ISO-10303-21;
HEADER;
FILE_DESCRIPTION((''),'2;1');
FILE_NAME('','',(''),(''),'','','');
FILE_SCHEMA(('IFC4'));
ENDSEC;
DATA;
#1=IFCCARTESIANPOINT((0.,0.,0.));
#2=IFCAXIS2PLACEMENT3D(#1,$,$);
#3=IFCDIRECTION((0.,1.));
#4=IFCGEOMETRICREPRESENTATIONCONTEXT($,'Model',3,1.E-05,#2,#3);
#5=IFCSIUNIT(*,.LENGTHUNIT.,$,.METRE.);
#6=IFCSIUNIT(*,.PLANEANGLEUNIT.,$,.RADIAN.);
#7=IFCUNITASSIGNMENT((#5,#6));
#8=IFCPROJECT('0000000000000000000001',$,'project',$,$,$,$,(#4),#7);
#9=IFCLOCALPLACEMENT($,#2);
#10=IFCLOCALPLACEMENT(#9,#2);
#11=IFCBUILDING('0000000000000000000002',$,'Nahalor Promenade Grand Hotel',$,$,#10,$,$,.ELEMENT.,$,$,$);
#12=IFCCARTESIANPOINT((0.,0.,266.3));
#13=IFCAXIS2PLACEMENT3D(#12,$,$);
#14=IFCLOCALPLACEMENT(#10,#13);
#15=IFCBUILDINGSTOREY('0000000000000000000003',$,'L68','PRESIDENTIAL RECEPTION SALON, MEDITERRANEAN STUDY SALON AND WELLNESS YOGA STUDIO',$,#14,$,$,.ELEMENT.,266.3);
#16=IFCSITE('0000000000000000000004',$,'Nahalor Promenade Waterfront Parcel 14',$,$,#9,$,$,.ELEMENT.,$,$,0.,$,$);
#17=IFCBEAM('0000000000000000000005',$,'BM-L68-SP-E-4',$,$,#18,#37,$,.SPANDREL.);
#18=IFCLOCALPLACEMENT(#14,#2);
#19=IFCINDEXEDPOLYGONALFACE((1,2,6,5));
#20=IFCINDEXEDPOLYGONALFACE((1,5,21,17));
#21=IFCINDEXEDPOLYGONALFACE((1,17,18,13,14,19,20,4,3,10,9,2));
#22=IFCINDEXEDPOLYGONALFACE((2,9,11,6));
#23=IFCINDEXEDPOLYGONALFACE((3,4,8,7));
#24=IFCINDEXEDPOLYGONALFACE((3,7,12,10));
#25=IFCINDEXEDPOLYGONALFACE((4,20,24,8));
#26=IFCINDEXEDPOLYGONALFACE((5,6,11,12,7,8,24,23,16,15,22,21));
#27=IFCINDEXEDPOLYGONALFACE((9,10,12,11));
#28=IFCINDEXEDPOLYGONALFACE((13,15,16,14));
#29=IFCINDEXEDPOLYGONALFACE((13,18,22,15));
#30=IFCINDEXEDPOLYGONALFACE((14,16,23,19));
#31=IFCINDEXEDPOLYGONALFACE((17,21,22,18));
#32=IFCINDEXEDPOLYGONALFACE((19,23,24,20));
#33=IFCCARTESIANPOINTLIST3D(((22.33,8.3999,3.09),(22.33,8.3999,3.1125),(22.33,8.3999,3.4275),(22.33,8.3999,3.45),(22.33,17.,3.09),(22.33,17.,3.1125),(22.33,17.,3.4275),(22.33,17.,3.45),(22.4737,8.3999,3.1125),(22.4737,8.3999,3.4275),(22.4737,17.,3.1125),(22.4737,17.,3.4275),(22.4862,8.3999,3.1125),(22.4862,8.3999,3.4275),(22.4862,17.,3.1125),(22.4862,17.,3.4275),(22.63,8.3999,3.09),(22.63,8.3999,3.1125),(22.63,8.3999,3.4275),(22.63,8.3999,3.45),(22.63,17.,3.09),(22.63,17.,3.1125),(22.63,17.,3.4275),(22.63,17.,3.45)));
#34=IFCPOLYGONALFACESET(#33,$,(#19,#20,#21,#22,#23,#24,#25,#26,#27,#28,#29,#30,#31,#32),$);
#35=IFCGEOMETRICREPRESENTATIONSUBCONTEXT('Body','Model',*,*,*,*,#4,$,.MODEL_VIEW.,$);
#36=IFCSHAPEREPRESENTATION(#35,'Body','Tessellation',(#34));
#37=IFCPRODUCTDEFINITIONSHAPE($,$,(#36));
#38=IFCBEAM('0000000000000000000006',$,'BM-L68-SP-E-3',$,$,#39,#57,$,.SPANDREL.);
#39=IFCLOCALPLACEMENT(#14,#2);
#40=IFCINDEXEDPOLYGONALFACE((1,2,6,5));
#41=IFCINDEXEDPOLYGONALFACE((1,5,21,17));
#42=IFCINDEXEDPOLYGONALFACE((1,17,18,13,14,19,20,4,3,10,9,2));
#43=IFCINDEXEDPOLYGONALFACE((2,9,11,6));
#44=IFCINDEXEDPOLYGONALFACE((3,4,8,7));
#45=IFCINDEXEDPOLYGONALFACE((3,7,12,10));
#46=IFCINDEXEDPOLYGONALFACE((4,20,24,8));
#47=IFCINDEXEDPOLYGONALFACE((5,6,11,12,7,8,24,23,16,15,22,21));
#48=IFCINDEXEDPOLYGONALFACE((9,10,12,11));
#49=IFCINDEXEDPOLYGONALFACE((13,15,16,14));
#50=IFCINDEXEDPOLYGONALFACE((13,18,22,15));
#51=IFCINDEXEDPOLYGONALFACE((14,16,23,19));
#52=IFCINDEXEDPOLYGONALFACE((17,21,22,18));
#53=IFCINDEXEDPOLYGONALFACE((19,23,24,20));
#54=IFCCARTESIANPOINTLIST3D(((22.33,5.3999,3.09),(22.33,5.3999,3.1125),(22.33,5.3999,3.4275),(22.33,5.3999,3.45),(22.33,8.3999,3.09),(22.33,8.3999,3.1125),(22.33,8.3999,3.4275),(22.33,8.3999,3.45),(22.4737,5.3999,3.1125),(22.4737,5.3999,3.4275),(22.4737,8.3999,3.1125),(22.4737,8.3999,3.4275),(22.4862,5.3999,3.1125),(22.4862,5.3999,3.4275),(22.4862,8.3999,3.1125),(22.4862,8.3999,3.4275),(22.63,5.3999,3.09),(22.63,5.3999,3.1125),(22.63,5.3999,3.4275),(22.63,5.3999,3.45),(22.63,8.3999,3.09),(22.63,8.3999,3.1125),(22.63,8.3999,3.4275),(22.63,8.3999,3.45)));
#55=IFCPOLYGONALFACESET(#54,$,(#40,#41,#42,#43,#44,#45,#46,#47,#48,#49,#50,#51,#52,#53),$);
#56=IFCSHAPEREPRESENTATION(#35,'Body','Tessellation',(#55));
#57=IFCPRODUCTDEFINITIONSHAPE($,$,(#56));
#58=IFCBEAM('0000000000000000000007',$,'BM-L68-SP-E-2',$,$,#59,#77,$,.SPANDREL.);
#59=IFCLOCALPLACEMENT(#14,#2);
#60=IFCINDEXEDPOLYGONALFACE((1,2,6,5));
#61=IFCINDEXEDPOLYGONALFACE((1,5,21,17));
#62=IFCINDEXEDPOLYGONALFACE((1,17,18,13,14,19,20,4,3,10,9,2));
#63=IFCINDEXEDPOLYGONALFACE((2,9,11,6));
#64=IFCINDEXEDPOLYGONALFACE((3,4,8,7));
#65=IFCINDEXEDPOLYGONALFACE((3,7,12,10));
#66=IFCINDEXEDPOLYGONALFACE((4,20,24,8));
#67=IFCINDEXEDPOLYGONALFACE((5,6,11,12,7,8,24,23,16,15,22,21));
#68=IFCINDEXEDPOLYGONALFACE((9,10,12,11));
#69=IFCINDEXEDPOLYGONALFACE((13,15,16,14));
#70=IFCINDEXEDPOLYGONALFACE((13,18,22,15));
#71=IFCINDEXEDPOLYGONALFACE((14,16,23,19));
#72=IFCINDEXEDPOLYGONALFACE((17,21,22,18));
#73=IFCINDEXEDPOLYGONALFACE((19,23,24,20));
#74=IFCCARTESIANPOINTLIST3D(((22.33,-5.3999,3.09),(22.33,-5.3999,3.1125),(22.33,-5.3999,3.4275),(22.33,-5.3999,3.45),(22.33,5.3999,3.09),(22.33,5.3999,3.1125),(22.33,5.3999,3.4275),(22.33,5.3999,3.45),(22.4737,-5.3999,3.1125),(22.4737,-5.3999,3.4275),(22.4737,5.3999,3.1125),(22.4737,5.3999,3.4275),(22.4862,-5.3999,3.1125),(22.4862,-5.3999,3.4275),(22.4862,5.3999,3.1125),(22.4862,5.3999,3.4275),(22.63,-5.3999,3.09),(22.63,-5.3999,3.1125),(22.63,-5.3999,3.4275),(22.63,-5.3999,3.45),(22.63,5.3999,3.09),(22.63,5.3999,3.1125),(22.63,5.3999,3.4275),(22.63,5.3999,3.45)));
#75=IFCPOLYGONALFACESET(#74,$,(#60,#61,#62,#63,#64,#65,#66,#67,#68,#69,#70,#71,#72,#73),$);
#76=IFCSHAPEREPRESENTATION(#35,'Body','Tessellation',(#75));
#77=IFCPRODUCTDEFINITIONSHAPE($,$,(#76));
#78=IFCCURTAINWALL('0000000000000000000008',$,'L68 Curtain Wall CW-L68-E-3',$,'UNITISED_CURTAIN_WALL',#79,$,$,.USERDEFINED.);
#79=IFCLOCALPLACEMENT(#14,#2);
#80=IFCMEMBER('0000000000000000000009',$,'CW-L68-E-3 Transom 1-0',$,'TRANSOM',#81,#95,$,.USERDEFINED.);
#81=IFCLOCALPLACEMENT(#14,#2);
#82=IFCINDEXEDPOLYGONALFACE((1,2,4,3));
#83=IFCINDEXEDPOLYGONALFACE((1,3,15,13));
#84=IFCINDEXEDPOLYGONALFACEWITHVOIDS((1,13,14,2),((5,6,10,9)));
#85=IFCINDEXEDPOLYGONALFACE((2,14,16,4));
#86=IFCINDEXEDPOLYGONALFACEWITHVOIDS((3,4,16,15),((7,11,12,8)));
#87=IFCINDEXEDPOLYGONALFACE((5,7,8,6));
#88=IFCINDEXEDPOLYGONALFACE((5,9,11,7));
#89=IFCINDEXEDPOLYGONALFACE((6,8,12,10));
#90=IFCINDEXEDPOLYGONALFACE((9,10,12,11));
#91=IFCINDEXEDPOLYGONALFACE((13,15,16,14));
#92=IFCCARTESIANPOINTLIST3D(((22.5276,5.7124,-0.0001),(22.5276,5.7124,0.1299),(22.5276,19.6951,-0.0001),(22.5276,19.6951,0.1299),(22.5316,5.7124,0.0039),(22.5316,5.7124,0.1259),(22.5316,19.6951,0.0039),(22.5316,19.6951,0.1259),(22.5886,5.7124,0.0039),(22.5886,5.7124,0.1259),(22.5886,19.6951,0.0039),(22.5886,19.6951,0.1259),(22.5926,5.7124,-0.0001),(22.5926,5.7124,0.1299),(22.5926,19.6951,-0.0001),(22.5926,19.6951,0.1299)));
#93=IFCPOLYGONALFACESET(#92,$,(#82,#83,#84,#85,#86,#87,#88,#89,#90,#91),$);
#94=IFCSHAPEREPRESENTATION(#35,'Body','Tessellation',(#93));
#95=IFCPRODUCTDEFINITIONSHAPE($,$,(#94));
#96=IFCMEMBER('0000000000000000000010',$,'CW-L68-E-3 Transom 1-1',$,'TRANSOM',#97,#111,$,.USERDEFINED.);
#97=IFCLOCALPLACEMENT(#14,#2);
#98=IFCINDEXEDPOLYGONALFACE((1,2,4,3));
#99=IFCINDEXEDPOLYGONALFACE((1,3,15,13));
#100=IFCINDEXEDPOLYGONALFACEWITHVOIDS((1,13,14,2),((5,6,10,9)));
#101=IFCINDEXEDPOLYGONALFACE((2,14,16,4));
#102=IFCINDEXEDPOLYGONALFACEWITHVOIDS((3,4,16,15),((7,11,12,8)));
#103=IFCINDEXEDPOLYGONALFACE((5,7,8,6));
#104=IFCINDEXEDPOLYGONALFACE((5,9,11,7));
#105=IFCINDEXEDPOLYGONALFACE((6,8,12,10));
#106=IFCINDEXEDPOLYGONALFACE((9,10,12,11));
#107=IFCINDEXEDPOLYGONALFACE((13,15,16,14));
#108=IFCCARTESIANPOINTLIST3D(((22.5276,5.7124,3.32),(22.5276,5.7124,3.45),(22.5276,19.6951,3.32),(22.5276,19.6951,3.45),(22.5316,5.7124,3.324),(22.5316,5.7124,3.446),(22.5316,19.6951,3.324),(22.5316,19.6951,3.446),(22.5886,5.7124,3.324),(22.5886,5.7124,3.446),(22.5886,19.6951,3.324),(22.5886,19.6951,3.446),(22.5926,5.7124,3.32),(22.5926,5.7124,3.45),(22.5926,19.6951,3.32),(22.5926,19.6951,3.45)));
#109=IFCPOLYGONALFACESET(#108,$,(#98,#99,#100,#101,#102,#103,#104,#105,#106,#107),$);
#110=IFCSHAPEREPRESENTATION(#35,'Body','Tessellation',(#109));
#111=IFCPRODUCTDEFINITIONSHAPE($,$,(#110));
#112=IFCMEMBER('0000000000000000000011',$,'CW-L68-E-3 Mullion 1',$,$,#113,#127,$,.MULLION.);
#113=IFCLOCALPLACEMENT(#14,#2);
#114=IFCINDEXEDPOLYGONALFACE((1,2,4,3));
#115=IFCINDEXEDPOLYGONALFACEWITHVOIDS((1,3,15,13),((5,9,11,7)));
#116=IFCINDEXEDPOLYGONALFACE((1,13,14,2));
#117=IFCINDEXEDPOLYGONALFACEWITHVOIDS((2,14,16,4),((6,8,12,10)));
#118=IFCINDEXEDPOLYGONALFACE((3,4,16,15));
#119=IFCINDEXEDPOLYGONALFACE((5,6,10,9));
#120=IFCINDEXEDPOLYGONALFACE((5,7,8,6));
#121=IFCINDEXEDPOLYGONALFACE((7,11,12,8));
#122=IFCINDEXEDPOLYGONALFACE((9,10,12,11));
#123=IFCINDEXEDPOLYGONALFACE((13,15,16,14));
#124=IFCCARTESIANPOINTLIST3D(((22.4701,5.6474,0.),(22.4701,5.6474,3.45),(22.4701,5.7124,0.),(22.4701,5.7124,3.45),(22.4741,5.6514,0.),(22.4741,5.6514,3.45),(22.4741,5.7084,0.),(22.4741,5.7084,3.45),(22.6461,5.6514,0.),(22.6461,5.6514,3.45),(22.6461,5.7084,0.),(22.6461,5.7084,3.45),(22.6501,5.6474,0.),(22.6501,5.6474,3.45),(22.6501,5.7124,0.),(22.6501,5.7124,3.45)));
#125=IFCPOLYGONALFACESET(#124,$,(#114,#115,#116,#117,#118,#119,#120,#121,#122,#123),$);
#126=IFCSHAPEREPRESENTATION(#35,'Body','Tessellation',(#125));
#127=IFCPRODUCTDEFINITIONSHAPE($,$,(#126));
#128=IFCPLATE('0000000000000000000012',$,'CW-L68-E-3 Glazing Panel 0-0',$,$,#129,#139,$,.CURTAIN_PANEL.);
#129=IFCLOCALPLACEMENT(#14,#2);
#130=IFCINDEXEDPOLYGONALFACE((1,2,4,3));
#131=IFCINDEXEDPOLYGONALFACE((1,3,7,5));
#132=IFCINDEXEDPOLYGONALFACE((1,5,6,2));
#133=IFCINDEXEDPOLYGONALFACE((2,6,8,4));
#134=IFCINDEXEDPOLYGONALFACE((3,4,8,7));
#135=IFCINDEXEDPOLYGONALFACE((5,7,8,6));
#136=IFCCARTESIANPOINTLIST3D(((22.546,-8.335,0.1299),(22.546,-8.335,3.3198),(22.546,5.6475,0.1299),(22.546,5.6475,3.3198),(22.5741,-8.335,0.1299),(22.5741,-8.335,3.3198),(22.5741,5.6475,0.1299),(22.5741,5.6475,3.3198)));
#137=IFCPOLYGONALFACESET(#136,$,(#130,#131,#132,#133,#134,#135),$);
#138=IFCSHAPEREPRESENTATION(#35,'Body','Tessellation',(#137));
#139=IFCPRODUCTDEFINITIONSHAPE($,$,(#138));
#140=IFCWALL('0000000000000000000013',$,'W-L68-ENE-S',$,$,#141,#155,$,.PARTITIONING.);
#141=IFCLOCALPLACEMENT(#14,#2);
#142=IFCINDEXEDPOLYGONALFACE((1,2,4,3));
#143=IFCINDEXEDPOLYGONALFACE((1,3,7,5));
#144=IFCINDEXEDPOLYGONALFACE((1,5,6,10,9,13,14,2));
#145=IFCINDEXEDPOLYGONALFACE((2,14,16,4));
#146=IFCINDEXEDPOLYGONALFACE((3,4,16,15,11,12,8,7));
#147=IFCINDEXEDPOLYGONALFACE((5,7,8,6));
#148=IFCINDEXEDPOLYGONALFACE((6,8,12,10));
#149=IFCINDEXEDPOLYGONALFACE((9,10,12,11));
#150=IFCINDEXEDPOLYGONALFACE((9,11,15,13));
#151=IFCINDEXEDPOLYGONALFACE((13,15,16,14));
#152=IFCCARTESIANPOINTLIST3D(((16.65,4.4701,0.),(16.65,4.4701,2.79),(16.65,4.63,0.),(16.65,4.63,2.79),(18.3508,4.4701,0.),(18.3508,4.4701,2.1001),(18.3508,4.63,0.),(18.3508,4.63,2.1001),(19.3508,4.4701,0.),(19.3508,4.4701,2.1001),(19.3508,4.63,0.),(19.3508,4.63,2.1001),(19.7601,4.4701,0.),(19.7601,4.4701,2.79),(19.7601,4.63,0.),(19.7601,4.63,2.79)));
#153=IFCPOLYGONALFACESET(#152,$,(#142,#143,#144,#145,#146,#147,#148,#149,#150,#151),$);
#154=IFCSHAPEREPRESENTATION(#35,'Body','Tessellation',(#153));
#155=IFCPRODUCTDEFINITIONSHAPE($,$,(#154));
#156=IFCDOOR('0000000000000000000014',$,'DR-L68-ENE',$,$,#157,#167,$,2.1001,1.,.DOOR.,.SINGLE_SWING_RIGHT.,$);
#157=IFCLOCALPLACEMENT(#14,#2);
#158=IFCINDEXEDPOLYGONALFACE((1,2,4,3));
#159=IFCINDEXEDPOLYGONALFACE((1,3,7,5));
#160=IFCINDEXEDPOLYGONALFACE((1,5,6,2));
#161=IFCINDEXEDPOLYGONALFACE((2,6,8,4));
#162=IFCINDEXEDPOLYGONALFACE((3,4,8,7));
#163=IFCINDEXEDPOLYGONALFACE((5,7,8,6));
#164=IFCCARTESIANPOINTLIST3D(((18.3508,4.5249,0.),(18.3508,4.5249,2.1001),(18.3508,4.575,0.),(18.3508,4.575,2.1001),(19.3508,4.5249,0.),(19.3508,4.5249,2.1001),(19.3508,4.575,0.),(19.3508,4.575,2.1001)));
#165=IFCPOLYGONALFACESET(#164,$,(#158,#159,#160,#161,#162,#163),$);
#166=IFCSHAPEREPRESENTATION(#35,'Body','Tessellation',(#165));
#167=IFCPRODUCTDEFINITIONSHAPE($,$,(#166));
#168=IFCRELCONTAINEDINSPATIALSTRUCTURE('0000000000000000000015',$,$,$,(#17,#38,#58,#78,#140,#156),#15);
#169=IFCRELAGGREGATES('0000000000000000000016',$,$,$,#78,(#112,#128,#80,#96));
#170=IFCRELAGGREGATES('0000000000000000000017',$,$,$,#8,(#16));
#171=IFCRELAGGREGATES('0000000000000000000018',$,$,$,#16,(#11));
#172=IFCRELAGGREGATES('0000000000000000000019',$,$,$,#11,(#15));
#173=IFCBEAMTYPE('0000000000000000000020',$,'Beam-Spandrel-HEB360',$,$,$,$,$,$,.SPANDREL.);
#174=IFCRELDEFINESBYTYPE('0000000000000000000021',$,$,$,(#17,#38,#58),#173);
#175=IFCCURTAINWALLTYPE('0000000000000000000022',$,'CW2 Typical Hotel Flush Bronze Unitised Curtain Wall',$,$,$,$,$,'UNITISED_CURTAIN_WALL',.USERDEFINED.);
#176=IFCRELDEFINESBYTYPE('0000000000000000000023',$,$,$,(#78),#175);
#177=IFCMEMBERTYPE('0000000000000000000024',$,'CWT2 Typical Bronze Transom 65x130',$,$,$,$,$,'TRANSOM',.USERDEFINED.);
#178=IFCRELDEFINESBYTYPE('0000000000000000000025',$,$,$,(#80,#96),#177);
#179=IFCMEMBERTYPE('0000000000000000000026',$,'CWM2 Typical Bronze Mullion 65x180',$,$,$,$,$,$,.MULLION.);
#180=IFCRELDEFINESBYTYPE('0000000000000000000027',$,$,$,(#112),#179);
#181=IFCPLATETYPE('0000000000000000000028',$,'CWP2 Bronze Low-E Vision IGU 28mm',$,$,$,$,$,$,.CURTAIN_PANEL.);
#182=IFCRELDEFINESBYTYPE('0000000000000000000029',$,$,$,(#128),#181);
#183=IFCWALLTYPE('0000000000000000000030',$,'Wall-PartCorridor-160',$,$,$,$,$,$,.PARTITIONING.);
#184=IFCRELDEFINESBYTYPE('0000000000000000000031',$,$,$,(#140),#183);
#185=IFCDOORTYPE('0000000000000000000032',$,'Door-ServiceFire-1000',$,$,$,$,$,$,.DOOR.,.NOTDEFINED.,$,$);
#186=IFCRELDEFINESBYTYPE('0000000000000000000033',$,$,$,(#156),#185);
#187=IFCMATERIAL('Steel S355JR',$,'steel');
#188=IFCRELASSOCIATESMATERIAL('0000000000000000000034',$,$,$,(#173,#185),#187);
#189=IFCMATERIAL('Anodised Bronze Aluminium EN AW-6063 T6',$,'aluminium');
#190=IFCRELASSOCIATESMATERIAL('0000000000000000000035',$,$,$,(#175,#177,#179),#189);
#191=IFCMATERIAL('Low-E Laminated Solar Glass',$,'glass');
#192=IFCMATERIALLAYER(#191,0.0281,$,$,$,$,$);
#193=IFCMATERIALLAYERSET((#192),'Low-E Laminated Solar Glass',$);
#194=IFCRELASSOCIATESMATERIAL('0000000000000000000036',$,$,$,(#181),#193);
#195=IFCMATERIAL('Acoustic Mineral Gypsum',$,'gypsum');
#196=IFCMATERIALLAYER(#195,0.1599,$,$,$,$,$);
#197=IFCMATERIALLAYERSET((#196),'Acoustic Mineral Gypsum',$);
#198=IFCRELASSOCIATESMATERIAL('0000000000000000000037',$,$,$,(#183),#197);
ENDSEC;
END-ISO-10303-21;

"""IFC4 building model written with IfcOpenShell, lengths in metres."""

from ifc_helpers import new_model, si_unit, direction, frame, frame_2d, origin, origin_2d, place, context, subcontext, project, spatial, rectangle, hollow_rectangle, i_section, extrude, source, transform, mapped, material, layer, layer_set, material_profile, profile_set, type_object, element, fill, aggregate, save


model = new_model("IFC4")

# Units and contexts
model_context = context("Model", 3, precision=1e-05, world=origin(), true_north=direction((0.0, 1.0)))
body_context = subcontext(model_context, "Body", "Model", "MODEL_VIEW")
ifc_project = project(units=[si_unit("LENGTHUNIT", "METRE"), si_unit("PLANEANGLEUNIT", "RADIAN")], contexts=[model_context])

# Site, building, storey
site_placement = place(None, origin())
site = spatial("IfcSite", under=ifc_project, at=site_placement, Name="Nahalor Promenade Waterfront Parcel 14", CompositionType="ELEMENT", RefElevation=0.0)
building_placement = place(site_placement, origin())
building = spatial("IfcBuilding", under=site, at=building_placement, Name="Nahalor Promenade Grand Hotel", CompositionType="ELEMENT")
storey_placement = place(building_placement, frame((0.0, 0.0, 266.3)))
storey = spatial("IfcBuildingStorey", under=building, at=storey_placement, Name="L68", Description="PRESIDENTIAL RECEPTION SALON, MEDITERRANEAN STUDY SALON AND WELLNESS YOGA STUDIO", CompositionType="ELEMENT", Elevation=266.3)

# Shared definitions
ifc_material_1 = material(Name="Steel S355JR", Category="steel")

# Beams
ifc_material_profile_1 = material_profile(ifc_material_1, i_section(OverallWidth=0.3, OverallDepth=0.36, WebThickness=0.0125, FlangeThickness=0.0225, at=origin_2d()), Name="HEB 360")
ifc_profile_set_1 = profile_set([ifc_material_profile_1], Name="Steel S355JR")
beam_type_1 = type_object("IfcBeamType", Name="Beam-Spandrel-HEB360", PredefinedType="SPANDREL", material=ifc_profile_set_1)
shared_shape_1 = source(origin(), body_context, "Body", "SweptSolid", [
    extrude(i_section(OverallWidth=0.3, OverallDepth=0.36, WebThickness=0.0125, FlangeThickness=0.0225, at=origin_2d()), origin(), (0.0, 0.0, 1.0), 8.6001),
])
beam_1_placement = place(storey_placement, frame((22.48, 8.3999, 3.27), z_axis=(0.0, 1.0, 0.0), x_axis=(-1.0, 0.0, 0.0)))
element("IfcBeam", 1, at=beam_1_placement, inside=storey, type_object=beam_type_1, Name="BM-L68-SP-E-4", PredefinedType="SPANDREL", context=body_context, shape_type="MappedRepresentation", body=[
    mapped(shared_shape_1, transform((0.0, 0.0, 0.0), scale=1.0)),
])
shared_shape_2 = source(origin(), body_context, "Body", "SweptSolid", [
    extrude(i_section(OverallWidth=0.3, OverallDepth=0.36, WebThickness=0.0125, FlangeThickness=0.0225, at=origin_2d()), origin(), (0.0, 0.0, 1.0), 3.0),
])
beam_2_placement = place(storey_placement, frame((22.48, 5.3999, 3.27), z_axis=(0.0, 1.0, 0.0), x_axis=(-1.0, 0.0, 0.0)))
element("IfcBeam", 2, at=beam_2_placement, inside=storey, type_object=beam_type_1, Name="BM-L68-SP-E-3", PredefinedType="SPANDREL", context=body_context, shape_type="MappedRepresentation", body=[
    mapped(shared_shape_2, transform((0.0, 0.0, 0.0), scale=1.0)),
])
shared_shape_3 = source(origin(), body_context, "Body", "SweptSolid", [
    extrude(i_section(OverallWidth=0.3, OverallDepth=0.36, WebThickness=0.0125, FlangeThickness=0.0225, at=origin_2d()), origin(), (0.0, 0.0, 1.0), 10.7998),
])
beam_3_placement = place(storey_placement, frame((22.48, -5.3999, 3.27), z_axis=(0.0, 1.0, 0.0), x_axis=(-1.0, 0.0, 0.0)))
element("IfcBeam", 3, at=beam_3_placement, inside=storey, type_object=beam_type_1, Name="BM-L68-SP-E-2", PredefinedType="SPANDREL", context=body_context, shape_type="MappedRepresentation", body=[
    mapped(shared_shape_3, transform((0.0, 0.0, 0.0), scale=1.0)),
])

# Curtain wall, members, plate
ifc_material_2 = material(Name="Anodised Bronze Aluminium EN AW-6063 T6", Category="aluminium")
curtain_wall_type = type_object("IfcCurtainWallType", Name="CW2 Typical Hotel Flush Bronze Unitised Curtain Wall", ElementType="UNITISED_CURTAIN_WALL", PredefinedType="USERDEFINED", material=ifc_material_2)
curtain_wall_placement = place(storey_placement, origin())
curtain_wall = element("IfcCurtainWall", 4, at=curtain_wall_placement, inside=storey, type_object=curtain_wall_type, Name="L68 Curtain Wall CW-L68-E-3", ObjectType="UNITISED_CURTAIN_WALL", PredefinedType="USERDEFINED")
ifc_material_profile_2 = material_profile(ifc_material_2, hollow_rectangle(XDim=0.065, YDim=0.13, WallThickness=0.004, at=origin_2d()), Name="CWT 65x130x4")
ifc_profile_set_2 = profile_set([ifc_material_profile_2], Name="Anodised Bronze Aluminium EN AW-6063 T6")
member_type_1 = type_object("IfcMemberType", Name="CWT2 Typical Bronze Transom 65x130", ElementType="TRANSOM", PredefinedType="USERDEFINED", material=ifc_profile_set_2)
shared_shape_4 = source(origin(), body_context, "Body", "SweptSolid", [
    extrude(hollow_rectangle(XDim=0.065, YDim=0.13, WallThickness=0.004, at=origin_2d()), origin(), (0.0, 0.0, 1.0), 13.9827),
])
member_1_placement = place(storey_placement, frame((22.5601, 5.7124, 0.0649), z_axis=(0.0, 1.0, 0.0), x_axis=(-1.0, 0.0, 0.0)))
member_1 = element("IfcMember", 5, at=member_1_placement, type_object=member_type_1, Name="CW-L68-E-3 Transom 1-0", ObjectType="TRANSOM", PredefinedType="USERDEFINED", context=body_context, shape_type="MappedRepresentation", body=[
    mapped(shared_shape_4, transform((0.0, 0.0, 0.0), scale=1.0)),
])
member_2_placement = place(storey_placement, frame((22.5601, 5.7124, 3.385), z_axis=(0.0, 1.0, 0.0), x_axis=(-1.0, 0.0, 0.0)))
member_2 = element("IfcMember", 6, at=member_2_placement, type_object=member_type_1, Name="CW-L68-E-3 Transom 1-1", ObjectType="TRANSOM", PredefinedType="USERDEFINED", context=body_context, shape_type="MappedRepresentation", body=[
    mapped(shared_shape_4, transform((0.0, 0.0, 0.0), scale=1.0)),
])
ifc_material_profile_3 = material_profile(ifc_material_2, hollow_rectangle(XDim=0.065, YDim=0.18, WallThickness=0.004, at=origin_2d()), Name="CWM 65x180x4")
ifc_profile_set_3 = profile_set([ifc_material_profile_3], Name="Anodised Bronze Aluminium EN AW-6063 T6")
member_type_2 = type_object("IfcMemberType", Name="CWM2 Typical Bronze Mullion 65x180", PredefinedType="MULLION", material=ifc_profile_set_3)
shared_shape_5 = source(origin(), body_context, "Body", "SweptSolid", [
    extrude(hollow_rectangle(XDim=0.065, YDim=0.18, WallThickness=0.004, at=origin_2d()), origin(), (0.0, 0.0, 1.0), 3.45),
])
member_3_placement = place(storey_placement, frame((22.5601, 5.6799, 0.0), z_axis=(0.0, 0.0, 1.0), x_axis=(0.0, 1.0, 0.0)))
member_3 = element("IfcMember", 7, at=member_3_placement, type_object=member_type_2, Name="CW-L68-E-3 Mullion 1", PredefinedType="MULLION", context=body_context, shape_type="MappedRepresentation", body=[
    mapped(shared_shape_5, transform((0.0, 0.0, 0.0), scale=1.0)),
])
ifc_material_3 = material(Name="Low-E Laminated Solar Glass", Category="glass")
ifc_layer_1 = layer(ifc_material_3, 0.0281)
ifc_layer_set_1 = layer_set([ifc_layer_1], Name="Low-E Laminated Solar Glass")
plate_type = type_object("IfcPlateType", Name="CWP2 Bronze Low-E Vision IGU 28mm", PredefinedType="CURTAIN_PANEL", material=ifc_layer_set_1)
shared_shape_6 = source(origin(), body_context, "Body", "SweptSolid", [
    extrude(rectangle(XDim=13.9824, YDim=0.0281, at=origin_2d()), origin(), (0.0, 0.0, 1.0), 3.1899),
])
plate_placement = place(storey_placement, frame((22.5601, -1.3438, 0.1299), z_axis=(0.0, 0.0, 1.0), x_axis=(0.0, 1.0, 0.0)))
plate = element("IfcPlate", 8, at=plate_placement, type_object=plate_type, Name="CW-L68-E-3 Glazing Panel 0-0", PredefinedType="CURTAIN_PANEL", context=body_context, shape_type="MappedRepresentation", body=[
    mapped(shared_shape_6, transform((0.0, 0.0, 0.0), scale=1.0)),
])
aggregate(curtain_wall, [member_3, plate, member_1, member_2])

# Wall, opening, door
ifc_material_4 = material(Name="Acoustic Mineral Gypsum", Category="gypsum")
ifc_layer_2 = layer(ifc_material_4, 0.1599)
ifc_layer_set_2 = layer_set([ifc_layer_2], Name="Acoustic Mineral Gypsum")
wall_type = type_object("IfcWallType", Name="Wall-PartCorridor-160", PredefinedType="PARTITIONING", material=ifc_layer_set_2)
shared_shape_7 = source(origin(), body_context, "Body", "SweptSolid", [
    extrude(rectangle(XDim=3.1101, YDim=0.1599, at=frame_2d((1.5552, 0.0))), origin(), (0.0, 0.0, 1.0), 2.79),
])
wall_1_placement = place(storey_placement, frame((16.6499, 4.55, 0.0), z_axis=(0.0, 0.0, 1.0), x_axis=(1.0, 0.0, 0.0)))
wall_1 = element("IfcWall", 9, at=wall_1_placement, inside=storey, type_object=wall_type, Name="W-L68-ENE-S", PredefinedType="PARTITIONING", context=body_context, shape_type="MappedRepresentation", body=[
    mapped(shared_shape_7, transform((0.0, 0.0, 0.0), scale=1.0)),
])
opening_1_placement = place(wall_1_placement, frame((1.7009, 0.0, 0.0)))
opening_1 = element("IfcOpeningElement", 10, at=opening_1_placement, cuts=wall_1, PredefinedType="OPENING", context=body_context, shape_type="SweptSolid", body=[
    extrude(rectangle(XDim=1.0, YDim=2.1001, at=frame_2d((0.5, 1.05))), frame((0.0, 0.0898, 0.0), z_axis=(0.0, -1.0, 0.0), x_axis=(1.0, 0.0, 0.0)), (0.0, 0.0, 1.0), 0.1799),
])
door_type = type_object("IfcDoorType", Name="Door-ServiceFire-1000", OperationType="NOTDEFINED", PredefinedType="DOOR", material=ifc_material_1)
shared_shape_8 = source(origin(), body_context, "Body", "SweptSolid", [
    extrude(rectangle(XDim=1.0, YDim=2.1001, at=frame_2d((0.5, 1.05))), frame((0.0, 0.0249, 0.0), z_axis=(0.0, -1.0, 0.0), x_axis=(1.0, 0.0, 0.0)), (0.0, 0.0, 1.0), 0.05),
])
door_1_placement = place(opening_1_placement, origin())
door_1 = element("IfcDoor", 11, at=door_1_placement, inside=storey, type_object=door_type, Name="DR-L68-ENE", OperationType="SINGLE_SWING_RIGHT", OverallHeight=2.1001, OverallWidth=1.0, PredefinedType="DOOR", context=body_context, shape_type="MappedRepresentation", body=[
    mapped(shared_shape_8, transform((0.0, 0.0, 0.0), scale=1.0)),
])
fill(opening_1, door_1)

save(model, "model.ifc")
